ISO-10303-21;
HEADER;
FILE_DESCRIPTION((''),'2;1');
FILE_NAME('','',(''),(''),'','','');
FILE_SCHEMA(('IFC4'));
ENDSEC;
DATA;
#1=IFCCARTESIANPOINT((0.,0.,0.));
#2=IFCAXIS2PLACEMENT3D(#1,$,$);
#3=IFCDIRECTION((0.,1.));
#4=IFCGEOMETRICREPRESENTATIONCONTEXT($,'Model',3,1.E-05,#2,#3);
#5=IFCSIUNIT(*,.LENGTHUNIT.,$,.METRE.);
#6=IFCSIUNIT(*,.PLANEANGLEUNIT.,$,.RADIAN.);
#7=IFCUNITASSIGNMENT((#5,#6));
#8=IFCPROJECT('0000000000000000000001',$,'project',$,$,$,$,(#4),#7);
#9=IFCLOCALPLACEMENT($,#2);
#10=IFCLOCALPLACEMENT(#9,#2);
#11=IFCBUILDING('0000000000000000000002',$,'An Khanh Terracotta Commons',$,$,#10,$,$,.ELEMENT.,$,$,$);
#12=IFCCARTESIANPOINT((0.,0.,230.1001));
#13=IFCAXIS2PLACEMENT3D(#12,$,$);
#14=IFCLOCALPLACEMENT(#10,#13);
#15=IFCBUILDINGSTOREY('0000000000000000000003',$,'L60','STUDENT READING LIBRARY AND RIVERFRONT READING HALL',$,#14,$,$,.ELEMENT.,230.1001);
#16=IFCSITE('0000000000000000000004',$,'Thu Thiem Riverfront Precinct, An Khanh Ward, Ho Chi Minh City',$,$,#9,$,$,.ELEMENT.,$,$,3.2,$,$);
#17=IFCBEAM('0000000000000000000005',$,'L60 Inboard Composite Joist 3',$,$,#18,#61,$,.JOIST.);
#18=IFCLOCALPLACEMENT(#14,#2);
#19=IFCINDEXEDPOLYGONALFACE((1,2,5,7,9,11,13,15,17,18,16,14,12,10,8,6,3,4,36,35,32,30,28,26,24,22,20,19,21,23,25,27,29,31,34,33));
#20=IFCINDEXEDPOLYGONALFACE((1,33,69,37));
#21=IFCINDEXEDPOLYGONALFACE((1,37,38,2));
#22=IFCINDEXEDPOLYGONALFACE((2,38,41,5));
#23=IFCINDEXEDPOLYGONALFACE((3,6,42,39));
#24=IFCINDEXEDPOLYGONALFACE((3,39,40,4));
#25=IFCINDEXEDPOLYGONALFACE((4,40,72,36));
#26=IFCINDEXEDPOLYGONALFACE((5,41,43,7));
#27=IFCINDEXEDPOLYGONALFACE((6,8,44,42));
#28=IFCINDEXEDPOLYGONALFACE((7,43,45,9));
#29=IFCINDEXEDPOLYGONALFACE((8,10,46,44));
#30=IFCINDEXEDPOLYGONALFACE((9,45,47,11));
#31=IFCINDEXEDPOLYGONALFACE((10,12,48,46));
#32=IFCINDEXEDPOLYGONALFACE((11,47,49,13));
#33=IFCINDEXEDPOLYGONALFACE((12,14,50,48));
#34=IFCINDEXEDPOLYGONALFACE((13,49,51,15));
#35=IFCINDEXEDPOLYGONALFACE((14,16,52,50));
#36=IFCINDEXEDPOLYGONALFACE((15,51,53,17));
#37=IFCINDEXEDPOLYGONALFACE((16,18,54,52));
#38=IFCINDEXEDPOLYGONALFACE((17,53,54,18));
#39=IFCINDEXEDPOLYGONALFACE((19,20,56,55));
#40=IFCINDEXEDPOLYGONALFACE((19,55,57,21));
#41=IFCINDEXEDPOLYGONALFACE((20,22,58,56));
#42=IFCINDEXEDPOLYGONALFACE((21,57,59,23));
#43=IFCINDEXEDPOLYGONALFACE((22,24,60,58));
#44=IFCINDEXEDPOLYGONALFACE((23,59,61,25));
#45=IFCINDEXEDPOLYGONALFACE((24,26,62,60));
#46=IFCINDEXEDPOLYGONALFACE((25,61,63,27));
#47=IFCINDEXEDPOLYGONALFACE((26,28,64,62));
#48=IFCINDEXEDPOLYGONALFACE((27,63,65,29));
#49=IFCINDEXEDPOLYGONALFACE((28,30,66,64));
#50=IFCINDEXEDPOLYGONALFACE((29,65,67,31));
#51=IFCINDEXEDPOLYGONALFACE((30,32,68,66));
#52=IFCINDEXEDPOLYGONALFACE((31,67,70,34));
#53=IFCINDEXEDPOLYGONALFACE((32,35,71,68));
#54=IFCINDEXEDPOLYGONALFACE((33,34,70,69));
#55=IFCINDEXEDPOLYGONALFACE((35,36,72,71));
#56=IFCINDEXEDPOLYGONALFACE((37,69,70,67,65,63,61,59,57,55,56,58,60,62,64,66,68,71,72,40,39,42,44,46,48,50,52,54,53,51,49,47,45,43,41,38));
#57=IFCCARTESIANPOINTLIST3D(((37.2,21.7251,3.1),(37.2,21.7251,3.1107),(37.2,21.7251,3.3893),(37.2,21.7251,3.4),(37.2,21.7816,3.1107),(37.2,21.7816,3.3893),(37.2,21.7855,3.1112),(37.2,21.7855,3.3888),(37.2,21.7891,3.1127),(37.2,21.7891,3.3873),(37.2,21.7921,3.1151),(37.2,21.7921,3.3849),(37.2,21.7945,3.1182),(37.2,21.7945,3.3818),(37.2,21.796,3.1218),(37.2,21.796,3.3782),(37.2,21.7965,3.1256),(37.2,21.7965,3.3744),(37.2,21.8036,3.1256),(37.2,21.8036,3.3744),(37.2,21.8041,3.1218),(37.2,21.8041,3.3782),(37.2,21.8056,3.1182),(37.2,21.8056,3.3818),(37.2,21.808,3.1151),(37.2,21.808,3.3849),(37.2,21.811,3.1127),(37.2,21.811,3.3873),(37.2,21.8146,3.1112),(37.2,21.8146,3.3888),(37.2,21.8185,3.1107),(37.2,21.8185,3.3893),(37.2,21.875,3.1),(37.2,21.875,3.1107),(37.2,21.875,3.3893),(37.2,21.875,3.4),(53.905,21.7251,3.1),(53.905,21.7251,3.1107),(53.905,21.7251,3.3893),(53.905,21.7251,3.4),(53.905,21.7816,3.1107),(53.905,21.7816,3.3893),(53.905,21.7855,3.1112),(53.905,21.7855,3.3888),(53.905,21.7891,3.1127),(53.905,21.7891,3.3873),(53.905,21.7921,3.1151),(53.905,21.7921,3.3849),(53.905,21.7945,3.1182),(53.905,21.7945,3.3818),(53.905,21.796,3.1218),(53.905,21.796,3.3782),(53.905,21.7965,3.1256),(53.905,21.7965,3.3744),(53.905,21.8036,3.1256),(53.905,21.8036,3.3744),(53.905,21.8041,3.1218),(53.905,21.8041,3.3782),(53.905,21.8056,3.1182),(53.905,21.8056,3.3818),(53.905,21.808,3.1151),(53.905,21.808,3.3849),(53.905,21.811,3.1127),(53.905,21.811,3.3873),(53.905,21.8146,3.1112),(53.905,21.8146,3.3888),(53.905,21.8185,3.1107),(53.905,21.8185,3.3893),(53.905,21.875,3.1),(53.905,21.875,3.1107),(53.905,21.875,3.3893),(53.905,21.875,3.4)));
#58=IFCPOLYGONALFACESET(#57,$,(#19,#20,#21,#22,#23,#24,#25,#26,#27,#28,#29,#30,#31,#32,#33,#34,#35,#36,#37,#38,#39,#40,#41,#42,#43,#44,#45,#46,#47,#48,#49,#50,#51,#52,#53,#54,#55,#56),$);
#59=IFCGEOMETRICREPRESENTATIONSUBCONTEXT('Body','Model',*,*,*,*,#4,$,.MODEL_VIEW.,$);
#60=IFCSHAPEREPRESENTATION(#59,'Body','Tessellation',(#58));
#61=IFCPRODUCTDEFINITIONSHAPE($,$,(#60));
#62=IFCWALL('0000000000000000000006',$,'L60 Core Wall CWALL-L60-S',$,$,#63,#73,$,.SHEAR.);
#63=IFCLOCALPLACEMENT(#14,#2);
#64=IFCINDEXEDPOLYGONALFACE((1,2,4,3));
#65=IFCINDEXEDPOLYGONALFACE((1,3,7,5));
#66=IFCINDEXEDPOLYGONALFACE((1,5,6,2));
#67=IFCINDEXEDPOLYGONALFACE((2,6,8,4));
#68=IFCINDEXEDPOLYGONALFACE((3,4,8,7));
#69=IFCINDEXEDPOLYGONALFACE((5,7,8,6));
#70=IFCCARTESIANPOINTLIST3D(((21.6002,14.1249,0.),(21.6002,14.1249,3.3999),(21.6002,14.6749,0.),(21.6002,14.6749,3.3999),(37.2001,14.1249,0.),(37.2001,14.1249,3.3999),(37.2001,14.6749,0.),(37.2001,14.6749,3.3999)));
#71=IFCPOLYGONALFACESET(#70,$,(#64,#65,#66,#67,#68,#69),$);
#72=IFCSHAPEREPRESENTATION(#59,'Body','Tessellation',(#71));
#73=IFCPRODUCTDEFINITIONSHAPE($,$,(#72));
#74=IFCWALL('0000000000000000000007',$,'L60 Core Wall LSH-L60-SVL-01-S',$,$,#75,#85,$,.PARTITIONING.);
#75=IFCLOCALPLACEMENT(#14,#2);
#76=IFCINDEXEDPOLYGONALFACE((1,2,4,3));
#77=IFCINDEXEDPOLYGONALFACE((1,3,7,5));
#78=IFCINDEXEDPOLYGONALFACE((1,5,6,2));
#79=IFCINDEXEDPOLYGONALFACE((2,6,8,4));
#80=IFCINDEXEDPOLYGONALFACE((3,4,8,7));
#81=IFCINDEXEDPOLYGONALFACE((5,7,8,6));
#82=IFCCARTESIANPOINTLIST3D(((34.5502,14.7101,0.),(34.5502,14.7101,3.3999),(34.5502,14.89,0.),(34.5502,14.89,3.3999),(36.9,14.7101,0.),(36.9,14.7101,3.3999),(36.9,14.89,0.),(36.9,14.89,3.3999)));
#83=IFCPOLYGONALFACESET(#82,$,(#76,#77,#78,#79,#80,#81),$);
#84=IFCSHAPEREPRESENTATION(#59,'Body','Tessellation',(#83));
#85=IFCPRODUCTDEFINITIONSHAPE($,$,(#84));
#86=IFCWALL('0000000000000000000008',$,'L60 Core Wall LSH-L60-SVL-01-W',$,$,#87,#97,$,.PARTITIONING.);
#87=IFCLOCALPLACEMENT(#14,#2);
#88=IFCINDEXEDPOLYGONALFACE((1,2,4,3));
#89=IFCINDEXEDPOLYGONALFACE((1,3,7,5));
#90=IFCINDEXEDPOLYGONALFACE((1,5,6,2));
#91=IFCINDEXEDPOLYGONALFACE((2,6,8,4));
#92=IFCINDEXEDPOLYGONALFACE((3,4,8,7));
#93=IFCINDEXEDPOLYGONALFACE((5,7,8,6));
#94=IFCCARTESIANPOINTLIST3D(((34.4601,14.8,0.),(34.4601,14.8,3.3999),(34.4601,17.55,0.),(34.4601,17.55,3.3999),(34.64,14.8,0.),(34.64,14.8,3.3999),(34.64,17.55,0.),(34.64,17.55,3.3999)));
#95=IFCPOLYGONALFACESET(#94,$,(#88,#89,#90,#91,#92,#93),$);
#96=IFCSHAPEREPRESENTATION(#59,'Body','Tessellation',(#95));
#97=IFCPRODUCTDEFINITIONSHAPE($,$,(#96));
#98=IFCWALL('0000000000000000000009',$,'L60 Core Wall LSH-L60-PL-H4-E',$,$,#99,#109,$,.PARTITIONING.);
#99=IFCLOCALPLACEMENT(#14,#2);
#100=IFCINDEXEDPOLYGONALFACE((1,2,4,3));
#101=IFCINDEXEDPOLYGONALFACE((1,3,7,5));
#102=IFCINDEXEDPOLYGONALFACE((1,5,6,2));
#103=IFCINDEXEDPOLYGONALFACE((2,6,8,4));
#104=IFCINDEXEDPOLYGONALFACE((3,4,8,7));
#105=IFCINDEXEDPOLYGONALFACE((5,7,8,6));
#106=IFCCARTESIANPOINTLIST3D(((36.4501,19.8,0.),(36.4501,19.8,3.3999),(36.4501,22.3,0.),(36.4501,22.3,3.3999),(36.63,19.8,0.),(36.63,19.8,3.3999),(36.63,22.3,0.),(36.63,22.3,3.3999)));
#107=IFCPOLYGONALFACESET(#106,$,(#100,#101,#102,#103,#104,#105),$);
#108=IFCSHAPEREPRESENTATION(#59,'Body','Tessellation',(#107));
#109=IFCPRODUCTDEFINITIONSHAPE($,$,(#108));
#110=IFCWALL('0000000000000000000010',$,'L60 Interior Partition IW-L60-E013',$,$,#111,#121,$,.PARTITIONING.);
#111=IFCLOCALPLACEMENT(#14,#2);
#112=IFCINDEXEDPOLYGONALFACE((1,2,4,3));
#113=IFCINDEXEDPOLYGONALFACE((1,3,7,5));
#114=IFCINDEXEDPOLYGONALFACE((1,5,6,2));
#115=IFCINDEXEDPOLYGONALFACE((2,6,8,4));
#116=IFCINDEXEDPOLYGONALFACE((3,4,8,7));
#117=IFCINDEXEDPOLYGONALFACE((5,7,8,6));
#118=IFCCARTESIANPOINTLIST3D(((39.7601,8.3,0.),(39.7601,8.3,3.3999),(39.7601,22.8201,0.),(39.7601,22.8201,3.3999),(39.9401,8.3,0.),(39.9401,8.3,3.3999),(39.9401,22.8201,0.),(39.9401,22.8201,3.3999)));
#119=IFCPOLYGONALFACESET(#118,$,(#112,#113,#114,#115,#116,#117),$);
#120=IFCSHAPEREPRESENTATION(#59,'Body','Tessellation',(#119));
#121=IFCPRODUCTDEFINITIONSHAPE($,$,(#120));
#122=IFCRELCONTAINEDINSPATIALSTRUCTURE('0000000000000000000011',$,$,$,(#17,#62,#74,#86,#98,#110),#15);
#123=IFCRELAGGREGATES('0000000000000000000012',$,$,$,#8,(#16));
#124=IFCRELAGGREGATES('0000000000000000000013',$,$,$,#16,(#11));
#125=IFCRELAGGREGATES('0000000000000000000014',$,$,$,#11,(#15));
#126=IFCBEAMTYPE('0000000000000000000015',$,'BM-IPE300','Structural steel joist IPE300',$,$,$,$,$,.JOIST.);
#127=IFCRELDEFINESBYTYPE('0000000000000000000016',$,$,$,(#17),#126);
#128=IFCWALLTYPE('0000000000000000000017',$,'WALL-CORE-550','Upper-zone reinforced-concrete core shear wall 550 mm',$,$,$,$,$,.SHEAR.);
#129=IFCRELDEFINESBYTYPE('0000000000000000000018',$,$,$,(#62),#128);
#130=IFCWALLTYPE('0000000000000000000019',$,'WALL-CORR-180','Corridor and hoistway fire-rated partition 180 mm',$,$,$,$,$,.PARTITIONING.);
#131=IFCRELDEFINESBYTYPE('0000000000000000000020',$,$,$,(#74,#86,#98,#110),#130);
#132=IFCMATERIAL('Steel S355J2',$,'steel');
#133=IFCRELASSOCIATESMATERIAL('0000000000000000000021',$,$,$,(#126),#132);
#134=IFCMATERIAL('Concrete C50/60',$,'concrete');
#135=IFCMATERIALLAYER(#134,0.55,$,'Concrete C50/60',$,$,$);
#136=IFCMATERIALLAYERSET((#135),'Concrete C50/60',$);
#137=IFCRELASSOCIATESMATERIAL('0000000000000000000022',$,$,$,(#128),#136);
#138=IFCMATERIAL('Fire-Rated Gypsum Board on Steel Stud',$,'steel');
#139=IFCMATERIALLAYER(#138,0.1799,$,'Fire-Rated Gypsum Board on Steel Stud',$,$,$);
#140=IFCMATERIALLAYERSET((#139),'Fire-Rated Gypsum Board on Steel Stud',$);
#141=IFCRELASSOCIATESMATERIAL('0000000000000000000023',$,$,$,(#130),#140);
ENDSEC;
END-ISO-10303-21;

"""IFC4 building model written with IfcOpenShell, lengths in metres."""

from ifc_helpers import new_model, si_unit, direction, frame, frame_2d, origin, origin_2d, place, context, subcontext, project, spatial, rectangle, i_section, extrude, material, layer, layer_set, material_profile, profile_set, type_object, element, save


model = new_model("IFC4")

# Units and contexts
model_context = context("Model", 3, precision=1e-05, world=origin(), true_north=direction((0.0, 1.0)))
body_context = subcontext(model_context, "Body", "Model", "MODEL_VIEW")
ifc_project = project(units=[si_unit("LENGTHUNIT", "METRE"), si_unit("PLANEANGLEUNIT", "RADIAN")], contexts=[model_context])

# Site, building, storey
site_placement = place(None, origin())
site = spatial("IfcSite", under=ifc_project, at=site_placement, Name="Thu Thiem Riverfront Precinct, An Khanh Ward, Ho Chi Minh City", CompositionType="ELEMENT", RefElevation=3.2)
building_placement = place(site_placement, origin())
building = spatial("IfcBuilding", under=site, at=building_placement, Name="An Khanh Terracotta Commons", CompositionType="ELEMENT")
storey_placement = place(building_placement, frame((0.0, 0.0, 230.1001)))
storey = spatial("IfcBuildingStorey", under=building, at=storey_placement, Name="L60", Description="STUDENT READING LIBRARY AND RIVERFRONT READING HALL", CompositionType="ELEMENT", Elevation=230.1001)

# Beam
ifc_material_1 = material(Name="Steel S355J2", Category="steel")
ifc_material_profile_1 = material_profile(ifc_material_1, i_section(OverallWidth=0.1499, OverallDepth=0.3, WebThickness=0.0071, FlangeThickness=0.0107, FilletRadius=0.0149, at=origin_2d()), Name="IPE300")
ifc_profile_set_1 = profile_set([ifc_material_profile_1], Name="Steel S355J2")
beam_type_1 = type_object("IfcBeamType", Name="BM-IPE300", Description="Structural steel joist IPE300", PredefinedType="JOIST", material=ifc_profile_set_1)
for number, where, z_axis, x_axis, name in (
    (1, (37.2, 21.8, 3.25), (1.0, 0.0, 0.0), (0.0, 1.0, 0.0), "L60 Inboard Composite Joist 3"),
):
    element("IfcBeam", number, at=place(storey_placement, frame(where, z_axis=z_axis, x_axis=x_axis)), inside=storey, type_object=beam_type_1, Name=name, PredefinedType="JOIST", context=body_context, shape_type="SweptSolid", body=[
        extrude(i_section(OverallWidth=0.1499, OverallDepth=0.3, WebThickness=0.0071, FlangeThickness=0.0107, FilletRadius=0.0149, at=origin_2d()), origin(), (0.0, 0.0, 1.0), 16.7051),
    ])

# Wall
ifc_material_2 = material(Name="Concrete C50/60", Category="concrete")
ifc_layer_1 = layer(ifc_material_2, 0.55, Name="Concrete C50/60")
ifc_layer_set_1 = layer_set([ifc_layer_1], Name="Concrete C50/60")
wall_type_1 = type_object("IfcWallType", Name="WALL-CORE-550", Description="Upper-zone reinforced-concrete core shear wall 550 mm", PredefinedType="SHEAR", material=ifc_layer_set_1)
wall_1_placement = place(storey_placement, frame((37.2, 14.3999, 0.0), z_axis=(0.0, 0.0, 1.0), x_axis=(-1.0, 0.0, 0.0)))
element("IfcWall", 2, at=wall_1_placement, inside=storey, type_object=wall_type_1, Name="L60 Core Wall CWALL-L60-S", PredefinedType="SHEAR", context=body_context, shape_type="SweptSolid", body=[
    extrude(rectangle(XDim=15.5999, YDim=0.55, at=frame_2d((7.7998, 0.0))), origin(), (0.0, 0.0, 1.0), 3.3999),
])

# Walls
ifc_material_3 = material(Name="Fire-Rated Gypsum Board on Steel Stud", Category="steel")
ifc_layer_2 = layer(ifc_material_3, 0.1799, Name="Fire-Rated Gypsum Board on Steel Stud")
ifc_layer_set_2 = layer_set([ifc_layer_2], Name="Fire-Rated Gypsum Board on Steel Stud")
wall_type_2 = type_object("IfcWallType", Name="WALL-CORR-180", Description="Corridor and hoistway fire-rated partition 180 mm", PredefinedType="PARTITIONING", material=ifc_layer_set_2)
wall_2_placement = place(storey_placement, frame((36.8999, 14.8, 0.0), z_axis=(0.0, 0.0, 1.0), x_axis=(-1.0, 0.0, 0.0)))
element("IfcWall", 3, at=wall_2_placement, inside=storey, type_object=wall_type_2, Name="L60 Core Wall LSH-L60-SVL-01-S", PredefinedType="PARTITIONING", context=body_context, shape_type="SweptSolid", body=[
    extrude(rectangle(XDim=2.3499, YDim=0.1799, at=frame_2d((1.1748, 0.0))), origin(), (0.0, 0.0, 1.0), 3.3999),
])
wall_3_placement = place(storey_placement, frame((34.55, 17.55, 0.0), z_axis=(0.0, 0.0, 1.0), x_axis=(0.0, -1.0, 0.0)))
element("IfcWall", 4, at=wall_3_placement, inside=storey, type_object=wall_type_2, Name="L60 Core Wall LSH-L60-SVL-01-W", PredefinedType="PARTITIONING", context=body_context, shape_type="SweptSolid", body=[
    extrude(rectangle(XDim=2.75, YDim=0.1799, at=frame_2d((1.375, 0.0))), origin(), (0.0, 0.0, 1.0), 3.3999),
])
wall_4_placement = place(storey_placement, frame((36.54, 19.8, 0.0), z_axis=(0.0, 0.0, 1.0), x_axis=(0.0, 1.0, 0.0)))
element("IfcWall", 5, at=wall_4_placement, inside=storey, type_object=wall_type_2, Name="L60 Core Wall LSH-L60-PL-H4-E", PredefinedType="PARTITIONING", context=body_context, shape_type="SweptSolid", body=[
    extrude(rectangle(XDim=2.5, YDim=0.1799, at=frame_2d((1.25, 0.0))), origin(), (0.0, 0.0, 1.0), 3.3999),
])
wall_5_placement = place(storey_placement, frame((39.8501, 8.3, 0.0), z_axis=(0.0, 0.0, 1.0), x_axis=(0.0, 1.0, 0.0)))
element("IfcWall", 6, at=wall_5_placement, inside=storey, type_object=wall_type_2, Name="L60 Interior Partition IW-L60-E013", PredefinedType="PARTITIONING", context=body_context, shape_type="SweptSolid", body=[
    extrude(rectangle(XDim=14.52, YDim=0.1799, at=frame_2d((7.26, 0.0))), origin(), (0.0, 0.0, 1.0), 3.3999),
])

save(model, "model.ifc")
